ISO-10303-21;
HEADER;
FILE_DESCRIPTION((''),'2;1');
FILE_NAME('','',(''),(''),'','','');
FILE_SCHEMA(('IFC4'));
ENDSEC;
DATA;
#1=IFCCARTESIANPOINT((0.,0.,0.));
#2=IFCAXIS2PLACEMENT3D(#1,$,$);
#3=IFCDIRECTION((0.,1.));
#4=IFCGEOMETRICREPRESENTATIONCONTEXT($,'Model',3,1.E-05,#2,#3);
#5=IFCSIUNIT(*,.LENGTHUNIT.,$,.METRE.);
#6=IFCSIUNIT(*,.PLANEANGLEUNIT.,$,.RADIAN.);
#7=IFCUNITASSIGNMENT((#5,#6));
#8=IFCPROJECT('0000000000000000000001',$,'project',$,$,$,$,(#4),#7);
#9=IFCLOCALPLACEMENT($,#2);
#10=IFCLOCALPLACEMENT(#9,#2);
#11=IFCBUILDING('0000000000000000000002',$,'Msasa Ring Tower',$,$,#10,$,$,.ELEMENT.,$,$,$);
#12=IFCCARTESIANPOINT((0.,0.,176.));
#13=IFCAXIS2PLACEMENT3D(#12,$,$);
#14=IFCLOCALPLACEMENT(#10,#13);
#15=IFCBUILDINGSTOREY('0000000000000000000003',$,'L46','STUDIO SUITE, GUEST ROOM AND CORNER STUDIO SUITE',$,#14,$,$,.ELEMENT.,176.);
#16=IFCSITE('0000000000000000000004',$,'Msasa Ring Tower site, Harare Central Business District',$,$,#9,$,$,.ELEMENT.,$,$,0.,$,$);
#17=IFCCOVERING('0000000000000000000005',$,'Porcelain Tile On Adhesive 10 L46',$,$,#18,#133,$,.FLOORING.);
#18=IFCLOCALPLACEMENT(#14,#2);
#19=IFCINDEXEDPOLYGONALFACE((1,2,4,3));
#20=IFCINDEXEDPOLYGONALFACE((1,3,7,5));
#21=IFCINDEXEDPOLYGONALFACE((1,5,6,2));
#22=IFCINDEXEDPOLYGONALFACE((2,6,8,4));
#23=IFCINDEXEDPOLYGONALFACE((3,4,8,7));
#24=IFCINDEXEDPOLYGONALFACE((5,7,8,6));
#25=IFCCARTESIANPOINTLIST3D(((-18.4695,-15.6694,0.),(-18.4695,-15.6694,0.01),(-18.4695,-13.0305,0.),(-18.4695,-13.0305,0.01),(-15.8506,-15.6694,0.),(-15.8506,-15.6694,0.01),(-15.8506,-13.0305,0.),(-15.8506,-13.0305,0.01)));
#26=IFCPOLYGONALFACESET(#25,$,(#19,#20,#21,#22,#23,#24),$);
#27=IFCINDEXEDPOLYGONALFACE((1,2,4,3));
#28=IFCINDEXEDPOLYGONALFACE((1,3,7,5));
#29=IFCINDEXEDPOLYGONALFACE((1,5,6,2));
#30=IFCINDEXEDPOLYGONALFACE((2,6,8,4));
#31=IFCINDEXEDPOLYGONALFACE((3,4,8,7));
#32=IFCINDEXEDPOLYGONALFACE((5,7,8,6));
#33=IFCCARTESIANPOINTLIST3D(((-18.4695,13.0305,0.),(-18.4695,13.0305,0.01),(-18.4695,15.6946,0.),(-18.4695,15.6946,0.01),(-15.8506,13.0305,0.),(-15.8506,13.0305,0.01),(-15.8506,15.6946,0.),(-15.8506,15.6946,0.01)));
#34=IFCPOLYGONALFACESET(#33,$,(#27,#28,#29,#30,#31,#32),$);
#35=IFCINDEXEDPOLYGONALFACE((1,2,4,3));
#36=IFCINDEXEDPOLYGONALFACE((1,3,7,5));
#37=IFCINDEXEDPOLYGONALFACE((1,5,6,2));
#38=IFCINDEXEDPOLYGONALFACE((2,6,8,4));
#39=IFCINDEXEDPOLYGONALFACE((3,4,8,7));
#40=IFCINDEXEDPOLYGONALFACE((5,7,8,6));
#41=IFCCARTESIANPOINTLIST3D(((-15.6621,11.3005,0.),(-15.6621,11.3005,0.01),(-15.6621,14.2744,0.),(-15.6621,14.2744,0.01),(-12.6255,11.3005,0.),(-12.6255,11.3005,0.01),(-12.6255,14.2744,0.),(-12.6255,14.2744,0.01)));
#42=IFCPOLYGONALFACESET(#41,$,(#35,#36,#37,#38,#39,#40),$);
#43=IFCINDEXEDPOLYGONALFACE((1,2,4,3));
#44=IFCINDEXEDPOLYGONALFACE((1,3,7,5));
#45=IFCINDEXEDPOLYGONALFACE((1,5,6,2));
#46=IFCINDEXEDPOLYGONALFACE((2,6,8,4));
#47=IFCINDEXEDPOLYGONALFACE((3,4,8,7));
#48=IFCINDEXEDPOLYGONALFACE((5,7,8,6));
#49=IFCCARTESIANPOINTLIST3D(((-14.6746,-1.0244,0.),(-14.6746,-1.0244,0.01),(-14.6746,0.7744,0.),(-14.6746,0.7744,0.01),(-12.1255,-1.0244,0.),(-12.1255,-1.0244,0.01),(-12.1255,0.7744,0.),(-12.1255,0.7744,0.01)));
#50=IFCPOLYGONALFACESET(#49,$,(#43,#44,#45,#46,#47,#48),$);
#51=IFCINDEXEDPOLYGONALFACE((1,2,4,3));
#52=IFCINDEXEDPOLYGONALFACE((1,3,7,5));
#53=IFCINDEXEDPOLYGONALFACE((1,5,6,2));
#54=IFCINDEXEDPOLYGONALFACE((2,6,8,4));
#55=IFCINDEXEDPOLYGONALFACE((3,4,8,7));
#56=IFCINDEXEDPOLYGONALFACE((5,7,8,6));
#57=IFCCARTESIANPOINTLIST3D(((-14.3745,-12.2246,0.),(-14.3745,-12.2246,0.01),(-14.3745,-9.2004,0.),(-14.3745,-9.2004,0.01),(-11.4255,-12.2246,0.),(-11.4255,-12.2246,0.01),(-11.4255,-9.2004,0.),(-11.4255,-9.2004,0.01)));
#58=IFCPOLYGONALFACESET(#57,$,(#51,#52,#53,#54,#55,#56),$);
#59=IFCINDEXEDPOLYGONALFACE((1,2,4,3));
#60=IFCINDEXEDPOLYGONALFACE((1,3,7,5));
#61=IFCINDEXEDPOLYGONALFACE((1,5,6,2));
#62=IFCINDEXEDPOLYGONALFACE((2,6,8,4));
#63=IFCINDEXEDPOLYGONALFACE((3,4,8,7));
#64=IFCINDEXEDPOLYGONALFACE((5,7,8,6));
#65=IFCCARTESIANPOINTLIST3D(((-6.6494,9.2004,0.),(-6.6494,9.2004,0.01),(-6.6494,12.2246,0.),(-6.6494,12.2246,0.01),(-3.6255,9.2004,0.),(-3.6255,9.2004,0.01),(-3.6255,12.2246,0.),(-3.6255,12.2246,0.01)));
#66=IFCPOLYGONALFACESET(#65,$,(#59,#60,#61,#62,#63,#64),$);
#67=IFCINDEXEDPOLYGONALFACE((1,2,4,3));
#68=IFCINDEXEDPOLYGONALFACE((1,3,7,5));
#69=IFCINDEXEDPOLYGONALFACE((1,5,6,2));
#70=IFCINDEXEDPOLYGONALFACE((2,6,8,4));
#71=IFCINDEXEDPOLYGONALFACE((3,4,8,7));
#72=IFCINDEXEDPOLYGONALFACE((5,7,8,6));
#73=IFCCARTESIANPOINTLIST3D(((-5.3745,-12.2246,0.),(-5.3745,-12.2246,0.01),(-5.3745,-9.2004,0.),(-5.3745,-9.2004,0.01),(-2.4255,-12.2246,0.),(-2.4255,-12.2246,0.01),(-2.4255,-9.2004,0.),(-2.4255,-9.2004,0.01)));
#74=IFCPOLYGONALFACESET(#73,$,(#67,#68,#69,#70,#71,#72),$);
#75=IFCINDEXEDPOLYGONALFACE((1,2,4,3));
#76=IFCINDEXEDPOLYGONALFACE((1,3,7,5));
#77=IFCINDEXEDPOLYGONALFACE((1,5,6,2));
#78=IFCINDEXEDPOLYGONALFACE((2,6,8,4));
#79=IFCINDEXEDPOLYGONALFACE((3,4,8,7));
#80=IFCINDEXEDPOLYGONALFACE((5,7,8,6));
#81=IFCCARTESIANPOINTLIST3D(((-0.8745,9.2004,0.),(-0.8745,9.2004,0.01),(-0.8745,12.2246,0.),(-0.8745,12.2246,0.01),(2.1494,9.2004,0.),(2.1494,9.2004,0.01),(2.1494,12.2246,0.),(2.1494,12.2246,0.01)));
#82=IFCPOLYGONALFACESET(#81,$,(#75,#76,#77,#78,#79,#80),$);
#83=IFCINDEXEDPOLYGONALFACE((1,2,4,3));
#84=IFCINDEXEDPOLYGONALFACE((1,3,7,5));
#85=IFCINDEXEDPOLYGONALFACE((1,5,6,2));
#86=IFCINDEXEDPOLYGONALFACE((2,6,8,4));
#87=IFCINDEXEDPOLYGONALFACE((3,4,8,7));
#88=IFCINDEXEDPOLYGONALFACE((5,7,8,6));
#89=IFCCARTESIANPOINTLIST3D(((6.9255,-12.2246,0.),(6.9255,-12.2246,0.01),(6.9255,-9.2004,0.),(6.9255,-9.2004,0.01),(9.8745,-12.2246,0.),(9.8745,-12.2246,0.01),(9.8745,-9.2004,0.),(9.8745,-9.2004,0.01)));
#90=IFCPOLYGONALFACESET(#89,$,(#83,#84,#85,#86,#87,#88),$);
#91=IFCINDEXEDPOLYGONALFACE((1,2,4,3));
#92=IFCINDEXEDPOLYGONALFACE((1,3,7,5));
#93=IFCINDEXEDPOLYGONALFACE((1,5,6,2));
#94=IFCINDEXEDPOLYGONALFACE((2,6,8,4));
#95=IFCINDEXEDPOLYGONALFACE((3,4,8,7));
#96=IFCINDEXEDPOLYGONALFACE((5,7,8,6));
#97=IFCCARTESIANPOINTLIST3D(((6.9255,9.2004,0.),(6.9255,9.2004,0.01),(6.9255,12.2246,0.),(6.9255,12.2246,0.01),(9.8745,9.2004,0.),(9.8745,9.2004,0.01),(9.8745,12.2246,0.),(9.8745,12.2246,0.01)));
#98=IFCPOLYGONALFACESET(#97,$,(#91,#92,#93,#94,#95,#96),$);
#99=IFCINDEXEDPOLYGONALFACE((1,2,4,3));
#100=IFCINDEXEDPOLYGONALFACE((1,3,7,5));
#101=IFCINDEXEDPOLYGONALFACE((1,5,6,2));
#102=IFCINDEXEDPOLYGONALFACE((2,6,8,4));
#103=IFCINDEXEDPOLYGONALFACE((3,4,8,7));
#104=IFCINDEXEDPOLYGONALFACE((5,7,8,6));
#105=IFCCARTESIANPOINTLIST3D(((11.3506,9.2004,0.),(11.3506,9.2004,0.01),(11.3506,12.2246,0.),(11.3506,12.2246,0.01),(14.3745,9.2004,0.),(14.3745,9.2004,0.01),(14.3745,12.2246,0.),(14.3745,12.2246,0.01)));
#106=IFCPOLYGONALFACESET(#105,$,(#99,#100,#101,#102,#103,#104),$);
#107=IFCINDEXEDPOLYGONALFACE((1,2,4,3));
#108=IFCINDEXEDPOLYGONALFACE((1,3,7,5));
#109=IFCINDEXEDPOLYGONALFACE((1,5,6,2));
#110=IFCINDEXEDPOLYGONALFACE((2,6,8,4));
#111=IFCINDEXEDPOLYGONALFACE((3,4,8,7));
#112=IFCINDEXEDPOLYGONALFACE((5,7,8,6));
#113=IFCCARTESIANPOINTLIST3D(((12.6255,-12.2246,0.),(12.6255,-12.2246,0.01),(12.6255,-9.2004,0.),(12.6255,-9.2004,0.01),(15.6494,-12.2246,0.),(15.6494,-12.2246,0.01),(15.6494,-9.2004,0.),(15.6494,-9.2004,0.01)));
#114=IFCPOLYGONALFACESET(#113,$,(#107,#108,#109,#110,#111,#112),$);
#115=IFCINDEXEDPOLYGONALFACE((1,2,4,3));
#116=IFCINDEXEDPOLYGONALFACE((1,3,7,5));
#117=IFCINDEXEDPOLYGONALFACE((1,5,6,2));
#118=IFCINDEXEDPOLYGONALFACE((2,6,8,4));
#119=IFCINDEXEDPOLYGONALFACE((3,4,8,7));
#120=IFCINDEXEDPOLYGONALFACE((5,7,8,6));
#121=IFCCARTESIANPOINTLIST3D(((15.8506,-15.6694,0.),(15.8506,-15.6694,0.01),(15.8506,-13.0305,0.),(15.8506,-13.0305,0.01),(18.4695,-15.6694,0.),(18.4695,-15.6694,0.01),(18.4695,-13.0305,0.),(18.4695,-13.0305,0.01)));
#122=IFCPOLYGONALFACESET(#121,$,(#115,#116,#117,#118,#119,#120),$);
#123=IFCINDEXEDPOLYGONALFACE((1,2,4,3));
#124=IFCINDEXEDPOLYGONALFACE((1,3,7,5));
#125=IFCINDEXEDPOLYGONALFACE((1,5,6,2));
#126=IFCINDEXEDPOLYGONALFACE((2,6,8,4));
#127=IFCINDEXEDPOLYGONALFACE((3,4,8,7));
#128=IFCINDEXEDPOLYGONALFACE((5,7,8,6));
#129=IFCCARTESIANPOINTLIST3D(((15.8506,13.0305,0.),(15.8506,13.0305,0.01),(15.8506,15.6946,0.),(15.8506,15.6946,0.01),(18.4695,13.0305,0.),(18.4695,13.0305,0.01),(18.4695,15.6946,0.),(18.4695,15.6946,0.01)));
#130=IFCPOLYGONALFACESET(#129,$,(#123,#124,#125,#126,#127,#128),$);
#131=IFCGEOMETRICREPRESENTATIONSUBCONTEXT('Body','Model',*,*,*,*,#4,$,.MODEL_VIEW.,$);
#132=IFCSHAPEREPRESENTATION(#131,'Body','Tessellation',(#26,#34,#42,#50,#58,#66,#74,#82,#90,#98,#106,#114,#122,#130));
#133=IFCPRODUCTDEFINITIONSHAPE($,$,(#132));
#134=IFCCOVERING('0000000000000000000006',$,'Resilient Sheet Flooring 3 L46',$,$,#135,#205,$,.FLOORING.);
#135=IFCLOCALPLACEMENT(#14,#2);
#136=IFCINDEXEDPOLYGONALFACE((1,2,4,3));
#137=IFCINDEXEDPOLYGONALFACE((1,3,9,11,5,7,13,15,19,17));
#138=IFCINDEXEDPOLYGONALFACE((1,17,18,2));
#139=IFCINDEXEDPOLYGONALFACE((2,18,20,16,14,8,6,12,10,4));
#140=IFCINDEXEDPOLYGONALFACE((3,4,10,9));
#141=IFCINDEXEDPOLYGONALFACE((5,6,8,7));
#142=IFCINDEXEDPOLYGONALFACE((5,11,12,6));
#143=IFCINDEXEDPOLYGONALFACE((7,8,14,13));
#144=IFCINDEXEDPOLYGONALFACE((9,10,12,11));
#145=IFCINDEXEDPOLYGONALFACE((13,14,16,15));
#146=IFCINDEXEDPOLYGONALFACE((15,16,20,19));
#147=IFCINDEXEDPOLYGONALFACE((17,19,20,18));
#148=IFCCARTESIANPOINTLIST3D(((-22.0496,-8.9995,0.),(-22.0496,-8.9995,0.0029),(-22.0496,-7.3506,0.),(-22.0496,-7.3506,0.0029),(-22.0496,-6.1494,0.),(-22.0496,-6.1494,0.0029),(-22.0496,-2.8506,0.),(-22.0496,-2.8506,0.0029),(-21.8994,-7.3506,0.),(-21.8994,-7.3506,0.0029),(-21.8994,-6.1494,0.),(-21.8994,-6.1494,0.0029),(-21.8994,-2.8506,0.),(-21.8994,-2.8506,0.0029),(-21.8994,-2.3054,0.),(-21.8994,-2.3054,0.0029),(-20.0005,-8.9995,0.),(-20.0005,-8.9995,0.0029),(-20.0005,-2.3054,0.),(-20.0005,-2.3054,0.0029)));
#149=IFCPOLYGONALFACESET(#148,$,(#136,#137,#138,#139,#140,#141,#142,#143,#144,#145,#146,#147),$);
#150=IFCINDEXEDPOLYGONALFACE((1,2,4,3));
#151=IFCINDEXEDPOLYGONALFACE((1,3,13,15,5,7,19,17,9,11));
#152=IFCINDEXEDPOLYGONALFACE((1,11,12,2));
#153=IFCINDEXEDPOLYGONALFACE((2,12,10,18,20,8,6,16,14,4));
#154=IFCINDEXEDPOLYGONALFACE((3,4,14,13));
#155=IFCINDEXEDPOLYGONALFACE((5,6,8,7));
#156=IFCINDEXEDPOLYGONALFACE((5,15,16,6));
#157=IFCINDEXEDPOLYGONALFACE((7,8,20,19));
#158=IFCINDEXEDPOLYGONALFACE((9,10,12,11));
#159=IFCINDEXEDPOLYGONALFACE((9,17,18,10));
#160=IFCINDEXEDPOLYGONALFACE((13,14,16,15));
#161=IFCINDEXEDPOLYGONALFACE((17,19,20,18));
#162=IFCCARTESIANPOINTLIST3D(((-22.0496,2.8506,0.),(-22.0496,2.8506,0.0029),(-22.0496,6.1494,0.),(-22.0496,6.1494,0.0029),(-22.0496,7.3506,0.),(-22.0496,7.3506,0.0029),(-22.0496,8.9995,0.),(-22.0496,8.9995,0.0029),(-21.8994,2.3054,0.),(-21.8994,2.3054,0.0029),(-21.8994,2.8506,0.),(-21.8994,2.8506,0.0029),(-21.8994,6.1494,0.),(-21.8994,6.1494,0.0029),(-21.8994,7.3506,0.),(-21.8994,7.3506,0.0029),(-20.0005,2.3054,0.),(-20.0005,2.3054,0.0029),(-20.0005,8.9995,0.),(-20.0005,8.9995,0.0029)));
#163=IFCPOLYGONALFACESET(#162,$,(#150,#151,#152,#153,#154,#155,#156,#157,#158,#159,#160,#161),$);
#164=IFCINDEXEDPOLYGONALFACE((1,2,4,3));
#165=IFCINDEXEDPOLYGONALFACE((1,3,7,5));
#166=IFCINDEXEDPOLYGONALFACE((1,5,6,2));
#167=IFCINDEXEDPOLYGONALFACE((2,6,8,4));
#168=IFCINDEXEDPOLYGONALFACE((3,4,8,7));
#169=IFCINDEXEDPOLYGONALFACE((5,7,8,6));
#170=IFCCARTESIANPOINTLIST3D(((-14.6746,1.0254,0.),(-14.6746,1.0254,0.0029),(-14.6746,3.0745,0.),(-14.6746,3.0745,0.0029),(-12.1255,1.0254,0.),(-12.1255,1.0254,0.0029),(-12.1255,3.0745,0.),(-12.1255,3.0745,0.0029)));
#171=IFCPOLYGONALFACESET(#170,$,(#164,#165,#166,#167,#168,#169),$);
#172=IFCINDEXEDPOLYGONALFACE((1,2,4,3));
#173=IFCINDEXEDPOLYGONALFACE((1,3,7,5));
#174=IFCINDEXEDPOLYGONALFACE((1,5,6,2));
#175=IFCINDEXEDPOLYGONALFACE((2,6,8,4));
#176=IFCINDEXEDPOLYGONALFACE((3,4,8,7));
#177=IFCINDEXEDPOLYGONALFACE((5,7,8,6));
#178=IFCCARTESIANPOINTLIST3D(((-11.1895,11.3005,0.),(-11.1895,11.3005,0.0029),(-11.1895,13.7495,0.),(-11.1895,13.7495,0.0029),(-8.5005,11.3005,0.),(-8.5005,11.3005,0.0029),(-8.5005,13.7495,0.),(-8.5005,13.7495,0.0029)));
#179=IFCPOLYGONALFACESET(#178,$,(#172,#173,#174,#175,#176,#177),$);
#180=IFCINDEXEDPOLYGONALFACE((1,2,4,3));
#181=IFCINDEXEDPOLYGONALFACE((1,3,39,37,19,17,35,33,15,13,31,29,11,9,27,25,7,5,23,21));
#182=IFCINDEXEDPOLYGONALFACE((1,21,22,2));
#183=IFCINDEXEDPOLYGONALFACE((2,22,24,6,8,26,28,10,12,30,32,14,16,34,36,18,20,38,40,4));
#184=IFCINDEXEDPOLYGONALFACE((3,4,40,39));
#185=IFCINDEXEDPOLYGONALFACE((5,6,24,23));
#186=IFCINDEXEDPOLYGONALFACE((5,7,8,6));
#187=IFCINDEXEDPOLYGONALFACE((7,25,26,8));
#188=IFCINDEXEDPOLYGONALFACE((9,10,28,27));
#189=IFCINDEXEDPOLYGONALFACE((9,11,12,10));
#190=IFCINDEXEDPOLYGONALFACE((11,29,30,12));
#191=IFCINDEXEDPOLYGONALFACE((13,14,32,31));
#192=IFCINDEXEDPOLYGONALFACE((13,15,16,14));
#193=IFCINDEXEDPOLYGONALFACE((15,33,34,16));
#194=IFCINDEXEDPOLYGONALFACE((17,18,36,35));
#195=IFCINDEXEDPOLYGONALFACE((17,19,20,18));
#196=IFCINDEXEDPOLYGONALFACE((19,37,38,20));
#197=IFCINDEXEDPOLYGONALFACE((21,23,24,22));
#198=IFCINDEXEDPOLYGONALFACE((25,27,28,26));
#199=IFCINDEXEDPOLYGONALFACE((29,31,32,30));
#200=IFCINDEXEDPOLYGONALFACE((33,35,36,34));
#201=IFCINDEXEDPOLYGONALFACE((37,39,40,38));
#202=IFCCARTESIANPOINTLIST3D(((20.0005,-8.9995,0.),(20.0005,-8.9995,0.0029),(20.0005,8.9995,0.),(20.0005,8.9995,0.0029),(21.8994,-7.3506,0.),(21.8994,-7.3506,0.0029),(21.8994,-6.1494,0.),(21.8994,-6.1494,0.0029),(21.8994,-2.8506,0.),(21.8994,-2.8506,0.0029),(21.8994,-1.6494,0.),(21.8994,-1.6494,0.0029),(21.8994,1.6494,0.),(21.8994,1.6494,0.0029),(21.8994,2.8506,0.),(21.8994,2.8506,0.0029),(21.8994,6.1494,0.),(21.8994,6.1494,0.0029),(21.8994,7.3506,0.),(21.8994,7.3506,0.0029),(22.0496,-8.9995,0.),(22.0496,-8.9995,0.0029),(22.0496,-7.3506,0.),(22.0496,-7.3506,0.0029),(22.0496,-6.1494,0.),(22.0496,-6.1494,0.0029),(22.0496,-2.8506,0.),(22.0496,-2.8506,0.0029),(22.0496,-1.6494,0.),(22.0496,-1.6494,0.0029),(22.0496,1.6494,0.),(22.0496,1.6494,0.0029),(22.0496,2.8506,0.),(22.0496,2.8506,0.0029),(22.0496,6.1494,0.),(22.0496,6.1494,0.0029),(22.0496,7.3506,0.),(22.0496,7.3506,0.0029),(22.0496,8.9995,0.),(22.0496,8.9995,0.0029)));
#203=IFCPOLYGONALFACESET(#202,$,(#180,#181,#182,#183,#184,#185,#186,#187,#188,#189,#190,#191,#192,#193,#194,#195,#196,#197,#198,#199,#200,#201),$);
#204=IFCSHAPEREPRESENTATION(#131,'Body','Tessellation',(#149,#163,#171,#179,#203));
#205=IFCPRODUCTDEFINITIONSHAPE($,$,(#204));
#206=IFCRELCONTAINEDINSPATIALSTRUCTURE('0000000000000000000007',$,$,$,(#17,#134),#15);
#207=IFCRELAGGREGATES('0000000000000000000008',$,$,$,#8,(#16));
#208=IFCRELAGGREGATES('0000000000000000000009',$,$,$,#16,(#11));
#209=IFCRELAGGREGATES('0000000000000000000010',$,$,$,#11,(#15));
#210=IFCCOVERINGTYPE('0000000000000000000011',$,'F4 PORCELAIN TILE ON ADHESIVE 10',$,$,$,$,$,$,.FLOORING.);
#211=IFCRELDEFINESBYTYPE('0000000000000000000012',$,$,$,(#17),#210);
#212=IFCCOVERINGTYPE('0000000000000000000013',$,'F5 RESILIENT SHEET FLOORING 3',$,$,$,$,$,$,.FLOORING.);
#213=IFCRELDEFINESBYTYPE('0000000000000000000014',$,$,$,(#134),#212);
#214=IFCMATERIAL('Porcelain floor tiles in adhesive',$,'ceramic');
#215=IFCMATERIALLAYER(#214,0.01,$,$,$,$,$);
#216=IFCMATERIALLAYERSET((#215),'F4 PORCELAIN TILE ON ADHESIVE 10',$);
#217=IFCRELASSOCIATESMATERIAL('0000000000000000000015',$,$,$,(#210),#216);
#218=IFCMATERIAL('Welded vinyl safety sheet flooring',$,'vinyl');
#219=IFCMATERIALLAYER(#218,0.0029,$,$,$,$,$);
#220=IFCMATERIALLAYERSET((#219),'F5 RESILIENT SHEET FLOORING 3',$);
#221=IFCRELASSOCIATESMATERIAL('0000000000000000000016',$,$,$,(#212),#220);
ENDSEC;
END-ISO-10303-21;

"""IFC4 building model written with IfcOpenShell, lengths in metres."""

from ifc_helpers import new_model, si_unit, direction, frame, origin, place, context, subcontext, project, spatial, line, indexed_curve, outline, extrude, material, layer, layer_set, type_object, element, save


model = new_model("IFC4")

# Units and contexts
model_context = context("Model", 3, precision=1e-05, world=origin(), true_north=direction((0.0, 1.0)))
body_context = subcontext(model_context, "Body", "Model", "MODEL_VIEW")
ifc_project = project(units=[si_unit("LENGTHUNIT", "METRE"), si_unit("PLANEANGLEUNIT", "RADIAN")], contexts=[model_context])

# Site, building, storey
site_placement = place(None, origin())
site = spatial("IfcSite", under=ifc_project, at=site_placement, Name="Msasa Ring Tower site, Harare Central Business District", CompositionType="ELEMENT", RefElevation=0.0)
building_placement = place(site_placement, origin())
building = spatial("IfcBuilding", under=site, at=building_placement, Name="Msasa Ring Tower", CompositionType="ELEMENT")
storey_placement = place(building_placement, frame((0.0, 0.0, 176.0)))
storey = spatial("IfcBuildingStorey", under=building, at=storey_placement, Name="L46", Description="STUDIO SUITE, GUEST ROOM AND CORNER STUDIO SUITE", CompositionType="ELEMENT", Elevation=176.0)

# Coverings
ifc_material_1 = material(Name="Porcelain floor tiles in adhesive", Category="ceramic")
ifc_layer_1 = layer(ifc_material_1, 0.01)
ifc_layer_set_1 = layer_set([ifc_layer_1], Name="F4 PORCELAIN TILE ON ADHESIVE 10")
covering_type_1 = type_object("IfcCoveringType", Name="F4 PORCELAIN TILE ON ADHESIVE 10", PredefinedType="FLOORING", material=ifc_layer_set_1)
covering_1_placement = place(storey_placement, origin())
element("IfcCovering", 1, at=covering_1_placement, inside=storey, type_object=covering_type_1, Name="Porcelain Tile On Adhesive 10 L46", PredefinedType="FLOORING", context=body_context, shape_type="SweptSolid", body=[
    extrude(outline(indexed_curve([(-18.4695, -13.0305), (-15.8506, -13.0305), (-15.8506, -15.6694), (-18.4695, -15.6694)], segments=[line(1, 2, 3, 4, 1)], self_intersect=False)), origin(), (0.0, 0.0, 1.0), 0.01),
    extrude(outline(indexed_curve([(-15.8506, 15.6946), (-15.8506, 13.0305), (-18.4695, 13.0305), (-18.4695, 15.6946)], segments=[line(1, 2, 3, 4, 1)], self_intersect=False)), origin(), (0.0, 0.0, 1.0), 0.01),
    extrude(outline(indexed_curve([(-15.6621, 11.3005), (-15.6621, 14.2744), (-12.6255, 14.2744), (-12.6255, 11.3005)], segments=[line(1, 2, 3, 4, 1)], self_intersect=False)), origin(), (0.0, 0.0, 1.0), 0.01),
    extrude(outline(indexed_curve([(-12.1255, -1.0244), (-14.6746, -1.0244), (-14.6746, 0.7744), (-12.1255, 0.7744)], segments=[line(1, 2, 3, 4, 1)], self_intersect=False)), origin(), (0.0, 0.0, 1.0), 0.01),
    extrude(outline(indexed_curve([(-11.4255, -9.2004), (-11.4255, -12.2246), (-14.3745, -12.2246), (-14.3745, -9.2004)], segments=[line(1, 2, 3, 4, 1)], self_intersect=False)), origin(), (0.0, 0.0, 1.0), 0.01),
    extrude(outline(indexed_curve([(-6.6494, 9.2004), (-6.6494, 12.2246), (-3.6255, 12.2246), (-3.6255, 9.2004)], segments=[line(1, 2, 3, 4, 1)], self_intersect=False)), origin(), (0.0, 0.0, 1.0), 0.01),
    extrude(outline(indexed_curve([(-2.4255, -9.2004), (-2.4255, -12.2246), (-5.3745, -12.2246), (-5.3745, -9.2004)], segments=[line(1, 2, 3, 4, 1)], self_intersect=False)), origin(), (0.0, 0.0, 1.0), 0.01),
    extrude(outline(indexed_curve([(2.1494, 9.2004), (-0.8745, 9.2004), (-0.8745, 12.2246), (2.1494, 12.2246)], segments=[line(1, 2, 3, 4, 1)], self_intersect=False)), origin(), (0.0, 0.0, 1.0), 0.01),
    extrude(outline(indexed_curve([(9.8745, -9.2004), (9.8745, -12.2246), (6.9255, -12.2246), (6.9255, -9.2004)], segments=[line(1, 2, 3, 4, 1)], self_intersect=False)), origin(), (0.0, 0.0, 1.0), 0.01),
    extrude(outline(indexed_curve([(6.9255, 9.2004), (6.9255, 12.2246), (9.8745, 12.2246), (9.8745, 9.2004)], segments=[line(1, 2, 3, 4, 1)], self_intersect=False)), origin(), (0.0, 0.0, 1.0), 0.01),
    extrude(outline(indexed_curve([(11.3506, 9.2004), (11.3506, 12.2246), (14.3745, 12.2246), (14.3745, 9.2004)], segments=[line(1, 2, 3, 4, 1)], self_intersect=False)), origin(), (0.0, 0.0, 1.0), 0.01),
    extrude(outline(indexed_curve([(15.6494, -9.2004), (15.6494, -12.2246), (12.6255, -12.2246), (12.6255, -9.2004)], segments=[line(1, 2, 3, 4, 1)], self_intersect=False)), origin(), (0.0, 0.0, 1.0), 0.01),
    extrude(outline(indexed_curve([(15.8506, -13.0305), (18.4695, -13.0305), (18.4695, -15.6694), (15.8506, -15.6694)], segments=[line(1, 2, 3, 4, 1)], self_intersect=False)), origin(), (0.0, 0.0, 1.0), 0.01),
    extrude(outline(indexed_curve([(18.4695, 15.6946), (18.4695, 13.0305), (15.8506, 13.0305), (15.8506, 15.6946)], segments=[line(1, 2, 3, 4, 1)], self_intersect=False)), origin(), (0.0, 0.0, 1.0), 0.01),
])
ifc_material_2 = material(Name="Welded vinyl safety sheet flooring", Category="vinyl")
ifc_layer_2 = layer(ifc_material_2, 0.0029)
ifc_layer_set_2 = layer_set([ifc_layer_2], Name="F5 RESILIENT SHEET FLOORING 3")
covering_type_2 = type_object("IfcCoveringType", Name="F5 RESILIENT SHEET FLOORING 3", PredefinedType="FLOORING", material=ifc_layer_set_2)
covering_2_placement = place(storey_placement, origin())
element("IfcCovering", 2, at=covering_2_placement, inside=storey, type_object=covering_type_2, Name="Resilient Sheet Flooring 3 L46", PredefinedType="FLOORING", context=body_context, shape_type="SweptSolid", body=[
    extrude(outline(indexed_curve([(-20.0005, -2.3054), (-20.0005, -8.9995), (-22.0496, -8.9995), (-22.0496, -7.3506), (-21.8994, -7.3506), (-21.8994, -6.1494), (-22.0496, -6.1494), (-22.0496, -2.8506), (-21.8994, -2.8506), (-21.8994, -2.3054)], segments=[line(1, 2, 3, 4, 5, 6, 7, 8, 9, 10, 1)], self_intersect=False)), origin(), (0.0, 0.0, 1.0), 0.0029),
    extrude(outline(indexed_curve([(-20.0005, 2.3054), (-21.8994, 2.3054), (-21.8994, 2.8506), (-22.0496, 2.8506), (-22.0496, 6.1494), (-21.8994, 6.1494), (-21.8994, 7.3506), (-22.0496, 7.3506), (-22.0496, 8.9995), (-20.0005, 8.9995)], segments=[line(1, 2, 3, 4, 5, 6, 7, 8, 9, 10, 1)], self_intersect=False)), origin(), (0.0, 0.0, 1.0), 0.0029),
    extrude(outline(indexed_curve([(-14.6746, 3.0745), (-12.1255, 3.0745), (-12.1255, 1.0254), (-14.6746, 1.0254)], segments=[line(1, 2, 3, 4, 1)], self_intersect=False)), origin(), (0.0, 0.0, 1.0), 0.0029),
    extrude(outline(indexed_curve([(-11.1895, 13.7495), (-8.5005, 13.7495), (-8.5005, 11.3005), (-11.1895, 11.3005)], segments=[line(1, 2, 3, 4, 1)], self_intersect=False)), origin(), (0.0, 0.0, 1.0), 0.0029),
    extrude(outline(indexed_curve([(22.0496, 7.3506), (21.8994, 7.3506), (21.8994, 6.1494), (22.0496, 6.1494), (22.0496, 2.8506), (21.8994, 2.8506), (21.8994, 1.6494), (22.0496, 1.6494), (22.0496, -1.6494), (21.8994, -1.6494), (21.8994, -2.8506), (22.0496, -2.8506), (22.0496, -6.1494), (21.8994, -6.1494), (21.8994, -7.3506), (22.0496, -7.3506), (22.0496, -8.9995), (20.0005, -8.9995), (20.0005, 8.9995), (22.0496, 8.9995)], segments=[line(1, 2, 3, 4, 5, 6, 7, 8, 9, 10, 11, 12, 13, 14, 15, 16, 17, 18, 19, 20, 1)], self_intersect=False)), origin(), (0.0, 0.0, 1.0), 0.0029),
])

save(model, "model.ifc")
